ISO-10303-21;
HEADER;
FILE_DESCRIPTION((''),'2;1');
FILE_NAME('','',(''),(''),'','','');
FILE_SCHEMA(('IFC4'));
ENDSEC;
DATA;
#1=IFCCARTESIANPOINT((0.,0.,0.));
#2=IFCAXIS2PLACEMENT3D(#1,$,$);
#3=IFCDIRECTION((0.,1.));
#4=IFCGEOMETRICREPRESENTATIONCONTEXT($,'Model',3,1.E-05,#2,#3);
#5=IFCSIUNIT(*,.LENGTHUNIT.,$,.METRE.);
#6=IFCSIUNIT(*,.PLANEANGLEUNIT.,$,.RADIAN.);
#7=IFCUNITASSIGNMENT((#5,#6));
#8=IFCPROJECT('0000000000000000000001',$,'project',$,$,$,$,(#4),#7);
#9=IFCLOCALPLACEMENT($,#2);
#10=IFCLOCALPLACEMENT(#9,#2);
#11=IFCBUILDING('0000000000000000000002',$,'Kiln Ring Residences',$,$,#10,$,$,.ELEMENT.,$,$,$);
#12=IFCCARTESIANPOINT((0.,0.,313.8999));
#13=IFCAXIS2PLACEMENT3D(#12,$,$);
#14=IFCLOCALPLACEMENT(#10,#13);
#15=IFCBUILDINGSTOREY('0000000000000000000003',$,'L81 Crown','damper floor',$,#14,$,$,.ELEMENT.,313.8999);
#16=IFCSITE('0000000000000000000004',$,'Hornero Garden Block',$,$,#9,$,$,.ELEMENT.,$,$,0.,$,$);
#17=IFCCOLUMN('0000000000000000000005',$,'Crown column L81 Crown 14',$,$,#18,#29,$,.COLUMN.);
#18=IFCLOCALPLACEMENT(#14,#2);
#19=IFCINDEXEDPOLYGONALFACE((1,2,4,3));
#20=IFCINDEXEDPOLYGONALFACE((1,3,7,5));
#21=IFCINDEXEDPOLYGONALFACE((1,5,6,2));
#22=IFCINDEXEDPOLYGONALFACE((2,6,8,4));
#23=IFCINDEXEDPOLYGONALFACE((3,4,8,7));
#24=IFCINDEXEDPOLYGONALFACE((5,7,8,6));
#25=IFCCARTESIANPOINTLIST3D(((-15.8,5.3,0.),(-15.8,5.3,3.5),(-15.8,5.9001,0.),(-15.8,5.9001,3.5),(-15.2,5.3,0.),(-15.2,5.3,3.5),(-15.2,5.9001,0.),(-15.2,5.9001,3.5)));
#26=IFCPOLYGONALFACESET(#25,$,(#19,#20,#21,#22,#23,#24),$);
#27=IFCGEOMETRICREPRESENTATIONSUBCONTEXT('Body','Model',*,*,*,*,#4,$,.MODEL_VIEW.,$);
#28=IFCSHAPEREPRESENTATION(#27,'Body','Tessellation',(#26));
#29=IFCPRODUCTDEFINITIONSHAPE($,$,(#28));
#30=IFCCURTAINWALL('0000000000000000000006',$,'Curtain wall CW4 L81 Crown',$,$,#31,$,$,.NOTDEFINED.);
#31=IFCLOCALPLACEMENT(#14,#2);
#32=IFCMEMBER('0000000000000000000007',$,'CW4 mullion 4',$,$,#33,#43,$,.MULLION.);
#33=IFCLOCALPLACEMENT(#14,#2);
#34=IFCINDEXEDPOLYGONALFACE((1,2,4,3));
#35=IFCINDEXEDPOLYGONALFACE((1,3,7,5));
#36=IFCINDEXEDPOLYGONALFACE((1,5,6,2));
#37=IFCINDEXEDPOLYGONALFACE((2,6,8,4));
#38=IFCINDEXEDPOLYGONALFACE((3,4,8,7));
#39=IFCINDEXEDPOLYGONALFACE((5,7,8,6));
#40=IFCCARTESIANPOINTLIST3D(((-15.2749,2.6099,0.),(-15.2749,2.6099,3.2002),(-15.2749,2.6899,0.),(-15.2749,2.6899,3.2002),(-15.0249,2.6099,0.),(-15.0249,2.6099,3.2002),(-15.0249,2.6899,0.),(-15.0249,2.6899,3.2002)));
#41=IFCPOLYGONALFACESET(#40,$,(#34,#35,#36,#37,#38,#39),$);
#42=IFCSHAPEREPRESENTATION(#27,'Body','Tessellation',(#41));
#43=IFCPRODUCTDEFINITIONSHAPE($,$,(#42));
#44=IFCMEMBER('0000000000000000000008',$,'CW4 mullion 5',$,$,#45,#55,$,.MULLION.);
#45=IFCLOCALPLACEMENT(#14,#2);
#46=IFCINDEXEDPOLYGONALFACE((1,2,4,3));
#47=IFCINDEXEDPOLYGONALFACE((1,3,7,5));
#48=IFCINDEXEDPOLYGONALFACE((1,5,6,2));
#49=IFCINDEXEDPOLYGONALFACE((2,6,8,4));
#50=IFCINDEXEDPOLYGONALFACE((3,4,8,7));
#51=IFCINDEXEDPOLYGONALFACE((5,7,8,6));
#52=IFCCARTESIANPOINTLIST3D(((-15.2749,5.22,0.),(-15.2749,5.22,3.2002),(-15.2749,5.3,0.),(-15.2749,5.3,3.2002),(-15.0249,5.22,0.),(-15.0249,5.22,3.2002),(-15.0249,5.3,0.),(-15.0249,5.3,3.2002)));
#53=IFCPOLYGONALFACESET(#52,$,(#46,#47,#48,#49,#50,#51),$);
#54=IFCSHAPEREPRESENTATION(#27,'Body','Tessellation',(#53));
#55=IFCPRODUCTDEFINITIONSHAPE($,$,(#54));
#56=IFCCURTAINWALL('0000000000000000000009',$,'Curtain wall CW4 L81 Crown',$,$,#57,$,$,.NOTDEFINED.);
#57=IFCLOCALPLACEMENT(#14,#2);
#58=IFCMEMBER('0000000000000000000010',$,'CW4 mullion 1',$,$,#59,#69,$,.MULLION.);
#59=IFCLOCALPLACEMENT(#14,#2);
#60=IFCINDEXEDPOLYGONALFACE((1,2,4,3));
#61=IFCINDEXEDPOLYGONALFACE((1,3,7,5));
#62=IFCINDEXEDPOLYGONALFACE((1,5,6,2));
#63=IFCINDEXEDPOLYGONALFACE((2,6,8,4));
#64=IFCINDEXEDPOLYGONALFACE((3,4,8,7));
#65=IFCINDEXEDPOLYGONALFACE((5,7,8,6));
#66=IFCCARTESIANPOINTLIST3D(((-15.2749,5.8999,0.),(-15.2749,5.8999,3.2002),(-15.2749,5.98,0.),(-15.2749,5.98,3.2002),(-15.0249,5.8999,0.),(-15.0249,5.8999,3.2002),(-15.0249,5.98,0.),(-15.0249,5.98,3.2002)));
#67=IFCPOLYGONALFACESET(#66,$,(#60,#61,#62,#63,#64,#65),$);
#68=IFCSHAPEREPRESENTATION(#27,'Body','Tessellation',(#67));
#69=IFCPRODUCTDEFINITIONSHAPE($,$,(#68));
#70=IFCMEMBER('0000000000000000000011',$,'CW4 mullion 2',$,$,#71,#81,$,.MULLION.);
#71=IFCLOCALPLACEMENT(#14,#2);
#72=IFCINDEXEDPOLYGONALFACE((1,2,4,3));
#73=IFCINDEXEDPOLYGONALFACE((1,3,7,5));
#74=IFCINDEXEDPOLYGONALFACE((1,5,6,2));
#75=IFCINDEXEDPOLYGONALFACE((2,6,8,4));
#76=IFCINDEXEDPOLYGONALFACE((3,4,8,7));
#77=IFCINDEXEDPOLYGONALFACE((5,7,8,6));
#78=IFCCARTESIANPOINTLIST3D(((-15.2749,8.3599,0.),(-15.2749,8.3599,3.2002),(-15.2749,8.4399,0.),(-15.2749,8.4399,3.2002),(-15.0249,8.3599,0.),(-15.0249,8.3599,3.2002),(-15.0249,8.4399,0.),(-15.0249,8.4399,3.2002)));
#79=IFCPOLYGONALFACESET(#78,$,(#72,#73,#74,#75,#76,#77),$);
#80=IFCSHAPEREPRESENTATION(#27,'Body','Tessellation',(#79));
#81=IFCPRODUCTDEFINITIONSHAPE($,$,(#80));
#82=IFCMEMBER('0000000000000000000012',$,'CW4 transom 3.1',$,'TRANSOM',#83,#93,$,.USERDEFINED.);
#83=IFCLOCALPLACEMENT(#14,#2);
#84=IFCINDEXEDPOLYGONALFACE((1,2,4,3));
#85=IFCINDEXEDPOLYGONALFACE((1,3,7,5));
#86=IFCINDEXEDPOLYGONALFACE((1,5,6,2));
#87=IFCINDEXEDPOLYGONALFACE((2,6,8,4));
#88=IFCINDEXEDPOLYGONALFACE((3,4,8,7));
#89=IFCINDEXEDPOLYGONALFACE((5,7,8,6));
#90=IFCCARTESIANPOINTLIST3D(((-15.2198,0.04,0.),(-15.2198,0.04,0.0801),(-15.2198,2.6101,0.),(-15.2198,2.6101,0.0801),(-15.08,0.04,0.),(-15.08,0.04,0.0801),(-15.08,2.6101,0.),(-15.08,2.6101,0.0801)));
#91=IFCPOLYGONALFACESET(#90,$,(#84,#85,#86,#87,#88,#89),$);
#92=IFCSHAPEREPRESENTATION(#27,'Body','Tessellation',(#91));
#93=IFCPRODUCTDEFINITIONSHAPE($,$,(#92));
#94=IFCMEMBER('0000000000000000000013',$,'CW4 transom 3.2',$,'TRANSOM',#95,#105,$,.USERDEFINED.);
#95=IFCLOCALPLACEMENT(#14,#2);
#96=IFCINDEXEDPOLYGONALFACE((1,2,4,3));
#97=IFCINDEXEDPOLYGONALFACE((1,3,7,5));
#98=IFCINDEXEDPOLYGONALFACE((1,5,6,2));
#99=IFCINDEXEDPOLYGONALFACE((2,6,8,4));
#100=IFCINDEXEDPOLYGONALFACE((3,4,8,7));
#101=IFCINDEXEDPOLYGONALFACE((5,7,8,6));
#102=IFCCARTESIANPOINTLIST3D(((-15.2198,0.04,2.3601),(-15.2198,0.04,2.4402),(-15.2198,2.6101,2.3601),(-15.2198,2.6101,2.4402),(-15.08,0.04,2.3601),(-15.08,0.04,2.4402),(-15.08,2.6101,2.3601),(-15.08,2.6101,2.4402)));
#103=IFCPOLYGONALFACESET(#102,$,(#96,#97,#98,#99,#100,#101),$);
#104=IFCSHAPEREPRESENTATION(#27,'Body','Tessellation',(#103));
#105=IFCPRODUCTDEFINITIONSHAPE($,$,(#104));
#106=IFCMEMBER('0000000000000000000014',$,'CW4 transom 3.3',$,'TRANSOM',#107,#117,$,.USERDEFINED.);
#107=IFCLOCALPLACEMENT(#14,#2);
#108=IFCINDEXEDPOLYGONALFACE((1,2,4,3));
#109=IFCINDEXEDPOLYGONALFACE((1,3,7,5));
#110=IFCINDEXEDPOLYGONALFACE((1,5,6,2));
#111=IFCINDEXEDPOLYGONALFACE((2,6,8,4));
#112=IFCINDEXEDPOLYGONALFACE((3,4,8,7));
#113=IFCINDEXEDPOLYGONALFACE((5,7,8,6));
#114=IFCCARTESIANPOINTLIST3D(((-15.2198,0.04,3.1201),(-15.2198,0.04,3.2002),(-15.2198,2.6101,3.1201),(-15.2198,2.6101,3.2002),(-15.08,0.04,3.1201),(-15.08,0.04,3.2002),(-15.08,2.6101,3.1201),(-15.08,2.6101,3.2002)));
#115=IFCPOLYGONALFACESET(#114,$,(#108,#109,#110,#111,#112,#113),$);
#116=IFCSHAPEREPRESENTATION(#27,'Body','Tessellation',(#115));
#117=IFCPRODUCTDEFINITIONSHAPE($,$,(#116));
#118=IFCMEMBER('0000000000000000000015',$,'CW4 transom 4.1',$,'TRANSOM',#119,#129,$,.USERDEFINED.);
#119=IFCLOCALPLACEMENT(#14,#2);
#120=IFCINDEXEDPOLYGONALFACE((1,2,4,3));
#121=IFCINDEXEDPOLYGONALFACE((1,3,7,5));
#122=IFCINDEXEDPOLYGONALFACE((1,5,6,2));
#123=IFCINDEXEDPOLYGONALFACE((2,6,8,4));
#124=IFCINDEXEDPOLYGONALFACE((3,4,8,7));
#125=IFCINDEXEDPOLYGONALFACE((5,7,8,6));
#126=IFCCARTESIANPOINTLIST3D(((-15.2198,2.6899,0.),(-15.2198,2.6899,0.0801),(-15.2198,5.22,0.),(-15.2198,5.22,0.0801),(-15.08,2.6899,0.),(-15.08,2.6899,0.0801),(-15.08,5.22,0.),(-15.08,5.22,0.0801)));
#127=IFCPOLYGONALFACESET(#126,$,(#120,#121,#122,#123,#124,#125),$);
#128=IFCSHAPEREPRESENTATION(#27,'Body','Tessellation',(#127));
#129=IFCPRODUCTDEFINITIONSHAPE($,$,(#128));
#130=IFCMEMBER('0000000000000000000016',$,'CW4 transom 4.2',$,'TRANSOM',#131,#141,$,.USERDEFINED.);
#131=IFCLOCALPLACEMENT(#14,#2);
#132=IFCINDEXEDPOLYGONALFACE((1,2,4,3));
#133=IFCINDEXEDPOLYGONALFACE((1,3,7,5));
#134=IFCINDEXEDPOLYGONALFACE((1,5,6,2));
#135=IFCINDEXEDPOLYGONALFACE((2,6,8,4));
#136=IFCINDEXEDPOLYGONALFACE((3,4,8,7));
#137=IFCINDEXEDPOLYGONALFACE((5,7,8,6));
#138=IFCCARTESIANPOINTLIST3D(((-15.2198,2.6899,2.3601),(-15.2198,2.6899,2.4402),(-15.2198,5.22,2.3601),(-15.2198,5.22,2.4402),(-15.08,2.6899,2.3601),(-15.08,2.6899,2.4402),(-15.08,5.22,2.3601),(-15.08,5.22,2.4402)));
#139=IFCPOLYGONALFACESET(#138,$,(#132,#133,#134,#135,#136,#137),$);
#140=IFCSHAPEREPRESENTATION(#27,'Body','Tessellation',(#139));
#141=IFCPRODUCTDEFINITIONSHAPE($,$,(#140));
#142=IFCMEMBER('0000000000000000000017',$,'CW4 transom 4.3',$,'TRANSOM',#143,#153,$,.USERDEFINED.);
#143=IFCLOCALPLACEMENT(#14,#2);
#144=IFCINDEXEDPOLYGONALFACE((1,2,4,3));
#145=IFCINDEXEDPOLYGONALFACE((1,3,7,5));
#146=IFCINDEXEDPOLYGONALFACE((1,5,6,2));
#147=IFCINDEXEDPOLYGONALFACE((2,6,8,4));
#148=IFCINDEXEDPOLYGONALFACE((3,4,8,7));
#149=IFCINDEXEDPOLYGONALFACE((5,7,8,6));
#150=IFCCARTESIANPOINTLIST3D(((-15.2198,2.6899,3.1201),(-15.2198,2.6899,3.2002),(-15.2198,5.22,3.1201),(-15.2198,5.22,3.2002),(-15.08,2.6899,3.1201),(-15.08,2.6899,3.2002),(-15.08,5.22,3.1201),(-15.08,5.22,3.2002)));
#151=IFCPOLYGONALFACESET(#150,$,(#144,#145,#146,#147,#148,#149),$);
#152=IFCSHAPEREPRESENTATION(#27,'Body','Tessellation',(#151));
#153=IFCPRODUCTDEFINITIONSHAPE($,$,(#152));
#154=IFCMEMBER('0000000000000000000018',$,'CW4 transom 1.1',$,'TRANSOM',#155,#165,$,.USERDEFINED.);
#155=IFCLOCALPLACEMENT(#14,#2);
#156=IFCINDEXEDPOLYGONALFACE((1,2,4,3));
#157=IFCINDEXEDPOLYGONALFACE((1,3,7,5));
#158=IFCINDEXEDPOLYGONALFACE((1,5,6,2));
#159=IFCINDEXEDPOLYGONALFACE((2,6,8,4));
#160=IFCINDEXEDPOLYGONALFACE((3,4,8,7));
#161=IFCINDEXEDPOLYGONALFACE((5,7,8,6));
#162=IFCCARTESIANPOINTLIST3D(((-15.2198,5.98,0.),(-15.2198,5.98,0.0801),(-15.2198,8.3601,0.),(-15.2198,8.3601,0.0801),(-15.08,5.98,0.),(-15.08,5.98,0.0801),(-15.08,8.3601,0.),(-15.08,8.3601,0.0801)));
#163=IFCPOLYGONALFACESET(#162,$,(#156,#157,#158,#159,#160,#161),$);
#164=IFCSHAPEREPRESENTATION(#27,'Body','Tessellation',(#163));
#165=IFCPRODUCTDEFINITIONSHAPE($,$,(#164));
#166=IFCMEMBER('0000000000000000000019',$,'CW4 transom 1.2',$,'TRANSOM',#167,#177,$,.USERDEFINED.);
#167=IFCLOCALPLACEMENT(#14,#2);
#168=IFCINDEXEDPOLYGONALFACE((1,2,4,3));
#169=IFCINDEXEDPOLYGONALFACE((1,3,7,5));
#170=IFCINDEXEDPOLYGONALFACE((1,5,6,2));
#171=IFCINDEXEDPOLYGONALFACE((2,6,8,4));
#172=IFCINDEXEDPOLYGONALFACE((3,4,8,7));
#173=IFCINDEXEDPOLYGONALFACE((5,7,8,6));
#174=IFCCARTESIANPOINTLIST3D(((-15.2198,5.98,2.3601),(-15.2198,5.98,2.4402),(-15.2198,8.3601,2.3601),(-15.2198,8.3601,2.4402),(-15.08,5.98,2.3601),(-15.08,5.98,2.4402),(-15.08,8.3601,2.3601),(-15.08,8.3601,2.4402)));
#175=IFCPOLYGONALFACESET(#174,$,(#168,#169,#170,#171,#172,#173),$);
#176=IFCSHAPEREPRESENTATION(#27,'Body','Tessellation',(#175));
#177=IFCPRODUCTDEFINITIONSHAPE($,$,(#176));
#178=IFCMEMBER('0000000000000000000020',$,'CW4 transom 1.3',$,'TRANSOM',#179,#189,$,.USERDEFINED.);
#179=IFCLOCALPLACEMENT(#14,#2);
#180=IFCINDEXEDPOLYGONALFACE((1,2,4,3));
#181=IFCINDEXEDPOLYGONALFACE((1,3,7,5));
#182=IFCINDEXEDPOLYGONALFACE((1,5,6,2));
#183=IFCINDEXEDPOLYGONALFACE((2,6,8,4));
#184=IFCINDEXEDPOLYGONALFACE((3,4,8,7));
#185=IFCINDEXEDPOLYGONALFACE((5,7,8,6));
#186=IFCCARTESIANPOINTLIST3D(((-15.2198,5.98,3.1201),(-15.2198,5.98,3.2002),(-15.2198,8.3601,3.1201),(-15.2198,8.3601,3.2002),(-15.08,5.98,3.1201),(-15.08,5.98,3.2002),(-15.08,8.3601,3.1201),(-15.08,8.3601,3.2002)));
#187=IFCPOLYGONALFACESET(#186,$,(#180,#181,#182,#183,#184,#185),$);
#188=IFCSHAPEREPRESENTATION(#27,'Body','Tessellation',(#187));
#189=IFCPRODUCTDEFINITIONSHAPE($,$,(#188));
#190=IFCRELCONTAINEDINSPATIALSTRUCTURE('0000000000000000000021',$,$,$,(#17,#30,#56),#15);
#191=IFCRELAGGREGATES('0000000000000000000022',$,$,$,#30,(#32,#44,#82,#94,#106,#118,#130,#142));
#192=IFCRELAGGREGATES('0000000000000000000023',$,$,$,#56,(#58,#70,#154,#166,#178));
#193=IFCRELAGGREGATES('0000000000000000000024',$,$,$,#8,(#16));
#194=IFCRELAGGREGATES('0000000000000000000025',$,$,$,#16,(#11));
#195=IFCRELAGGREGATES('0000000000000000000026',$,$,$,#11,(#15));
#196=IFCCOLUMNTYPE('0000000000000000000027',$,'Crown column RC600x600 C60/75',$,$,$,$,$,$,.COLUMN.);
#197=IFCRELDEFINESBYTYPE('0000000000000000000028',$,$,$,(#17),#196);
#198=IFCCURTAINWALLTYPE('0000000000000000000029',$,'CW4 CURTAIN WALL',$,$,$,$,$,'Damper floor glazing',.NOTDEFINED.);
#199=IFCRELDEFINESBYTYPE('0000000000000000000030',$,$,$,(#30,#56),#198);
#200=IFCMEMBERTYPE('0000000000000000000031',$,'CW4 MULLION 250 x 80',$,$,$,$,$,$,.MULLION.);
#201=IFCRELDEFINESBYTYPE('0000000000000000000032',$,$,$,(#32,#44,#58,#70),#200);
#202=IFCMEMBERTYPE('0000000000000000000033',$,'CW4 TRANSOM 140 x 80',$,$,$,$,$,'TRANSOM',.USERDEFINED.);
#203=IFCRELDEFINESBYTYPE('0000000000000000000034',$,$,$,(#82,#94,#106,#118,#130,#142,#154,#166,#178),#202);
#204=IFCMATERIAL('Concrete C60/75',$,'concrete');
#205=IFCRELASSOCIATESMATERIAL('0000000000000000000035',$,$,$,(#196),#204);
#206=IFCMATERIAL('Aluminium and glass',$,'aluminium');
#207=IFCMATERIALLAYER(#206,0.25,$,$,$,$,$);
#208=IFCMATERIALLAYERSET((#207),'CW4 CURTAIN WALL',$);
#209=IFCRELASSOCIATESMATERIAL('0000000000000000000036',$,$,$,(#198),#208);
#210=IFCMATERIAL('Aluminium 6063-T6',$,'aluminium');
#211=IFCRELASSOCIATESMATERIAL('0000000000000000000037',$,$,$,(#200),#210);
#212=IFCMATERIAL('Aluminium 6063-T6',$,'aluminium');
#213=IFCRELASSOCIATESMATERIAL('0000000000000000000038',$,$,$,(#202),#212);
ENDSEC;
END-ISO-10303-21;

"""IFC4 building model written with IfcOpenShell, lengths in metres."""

from ifc_helpers import new_model, si_unit, direction, frame, origin, origin_2d, place, context, subcontext, project, spatial, rectangle, extrude, material, layer, layer_set, material_profile, profile_set, type_object, element, aggregate, save


model = new_model("IFC4")

# Units and contexts
model_context = context("Model", 3, precision=1e-05, world=origin(), true_north=direction((0.0, 1.0)))
body_context = subcontext(model_context, "Body", "Model", "MODEL_VIEW")
ifc_project = project(units=[si_unit("LENGTHUNIT", "METRE"), si_unit("PLANEANGLEUNIT", "RADIAN")], contexts=[model_context])

# Site, building, storey
site_placement = place(None, origin())
site = spatial("IfcSite", under=ifc_project, at=site_placement, Name="Hornero Garden Block", CompositionType="ELEMENT", RefElevation=0.0)
building_placement = place(site_placement, origin())
building = spatial("IfcBuilding", under=site, at=building_placement, Name="Kiln Ring Residences", CompositionType="ELEMENT")
storey_placement = place(building_placement, frame((0.0, 0.0, 313.8999)))
storey = spatial("IfcBuildingStorey", under=building, at=storey_placement, Name="L81 Crown", Description="damper floor", CompositionType="ELEMENT", Elevation=313.8999)

# Column
ifc_material_1 = material(Name="Concrete C60/75", Category="concrete")
ifc_material_profile_1 = material_profile(ifc_material_1, rectangle(XDim=0.6001, YDim=0.6001, at=origin_2d()), Name="RC600x600")
ifc_profile_set_1 = profile_set([ifc_material_profile_1], Name="Concrete C60/75")
column_type = type_object("IfcColumnType", Name="Crown column RC600x600 C60/75", PredefinedType="COLUMN", material=ifc_profile_set_1)
column_placement = place(storey_placement, frame((-15.5, 5.6001, 0.0), z_axis=(0.0, 0.0, 1.0), x_axis=(1.0, 0.0, 0.0)))
element("IfcColumn", 1, at=column_placement, inside=storey, type_object=column_type, Name="Crown column L81 Crown 14", PredefinedType="COLUMN", context=body_context, shape_type="SweptSolid", body=[
    extrude(rectangle(XDim=0.6001, YDim=0.6001, at=origin_2d()), origin(), (0.0, 0.0, 1.0), 3.5),
])

# Curtain walls, members
ifc_material_2 = material(Name="Aluminium and glass", Category="aluminium")
ifc_layer_1 = layer(ifc_material_2, 0.25)
ifc_layer_set_1 = layer_set([ifc_layer_1], Name="CW4 CURTAIN WALL")
curtain_wall_type = type_object("IfcCurtainWallType", Name="CW4 CURTAIN WALL", ElementType="Damper floor glazing", PredefinedType="NOTDEFINED", material=ifc_layer_set_1)
placement_1 = place(storey_placement, origin())
curtain_wall_1 = element("IfcCurtainWall", 2, at=placement_1, inside=storey, type_object=curtain_wall_type, Name="Curtain wall CW4 L81 Crown", PredefinedType="NOTDEFINED")
ifc_material_3 = material(Name="Aluminium 6063-T6", Category="aluminium")
ifc_material_profile_2 = material_profile(ifc_material_3, rectangle(XDim=0.25, YDim=0.0801, at=origin_2d()), Name="AL 250x80")
ifc_profile_set_2 = profile_set([ifc_material_profile_2], Name="Aluminium 6063-T6")
member_type_1 = type_object("IfcMemberType", Name="CW4 MULLION 250 x 80", PredefinedType="MULLION", material=ifc_profile_set_2)
member_1_placement = place(storey_placement, frame((-15.1499, 2.6499, 0.0), z_axis=(0.0, 0.0, 1.0), x_axis=(-1.0, 0.0, 0.0)))
member_1 = element("IfcMember", 3, at=member_1_placement, type_object=member_type_1, Name="CW4 mullion 4", PredefinedType="MULLION", context=body_context, shape_type="SweptSolid", body=[
    extrude(rectangle(XDim=0.25, YDim=0.0801, at=origin_2d()), origin(), (0.0, 0.0, 1.0), 3.2002),
])
member_2_placement = place(storey_placement, frame((-15.1499, 5.26, 0.0), z_axis=(0.0, 0.0, 1.0), x_axis=(-1.0, 0.0, 0.0)))
member_2 = element("IfcMember", 4, at=member_2_placement, type_object=member_type_1, Name="CW4 mullion 5", PredefinedType="MULLION", context=body_context, shape_type="SweptSolid", body=[
    extrude(rectangle(XDim=0.25, YDim=0.0801, at=origin_2d()), origin(), (0.0, 0.0, 1.0), 3.2002),
])
curtain_wall_2 = element("IfcCurtainWall", 5, at=placement_1, inside=storey, type_object=curtain_wall_type, Name="Curtain wall CW4 L81 Crown", PredefinedType="NOTDEFINED")
member_3_placement = place(storey_placement, frame((-15.1499, 5.9399, 0.0), z_axis=(0.0, 0.0, 1.0), x_axis=(-1.0, 0.0, 0.0)))
member_3 = element("IfcMember", 6, at=member_3_placement, type_object=member_type_1, Name="CW4 mullion 1", PredefinedType="MULLION", context=body_context, shape_type="SweptSolid", body=[
    extrude(rectangle(XDim=0.25, YDim=0.0801, at=origin_2d()), origin(), (0.0, 0.0, 1.0), 3.2002),
])
member_4_placement = place(storey_placement, frame((-15.1499, 8.3999, 0.0), z_axis=(0.0, 0.0, 1.0), x_axis=(-1.0, 0.0, 0.0)))
member_4 = element("IfcMember", 7, at=member_4_placement, type_object=member_type_1, Name="CW4 mullion 2", PredefinedType="MULLION", context=body_context, shape_type="SweptSolid", body=[
    extrude(rectangle(XDim=0.25, YDim=0.0801, at=origin_2d()), origin(), (0.0, 0.0, 1.0), 3.2002),
])

# Members
ifc_material_4 = material(Name="Aluminium 6063-T6", Category="aluminium")
ifc_material_profile_3 = material_profile(ifc_material_4, rectangle(XDim=0.1399, YDim=0.0801, at=origin_2d()), Name="AL 140x80")
ifc_profile_set_3 = profile_set([ifc_material_profile_3], Name="Aluminium 6063-T6")
member_type_2 = type_object("IfcMemberType", Name="CW4 TRANSOM 140 x 80", ElementType="TRANSOM", PredefinedType="USERDEFINED", material=ifc_profile_set_3)
member_5_placement = place(storey_placement, frame((-15.1499, 0.04, 0.04), z_axis=(0.0, 1.0, 0.0), x_axis=(-1.0, 0.0, 0.0)))
member_5 = element("IfcMember", 8, at=member_5_placement, type_object=member_type_2, Name="CW4 transom 3.1", ObjectType="TRANSOM", PredefinedType="USERDEFINED", context=body_context, shape_type="SweptSolid", body=[
    extrude(rectangle(XDim=0.1399, YDim=0.0801, at=origin_2d()), origin(), (0.0, 0.0, 1.0), 2.5701),
])
member_6_placement = place(storey_placement, frame((-15.1499, 0.04, 2.4001), z_axis=(0.0, 1.0, 0.0), x_axis=(-1.0, 0.0, 0.0)))
member_6 = element("IfcMember", 9, at=member_6_placement, type_object=member_type_2, Name="CW4 transom 3.2", ObjectType="TRANSOM", PredefinedType="USERDEFINED", context=body_context, shape_type="SweptSolid", body=[
    extrude(rectangle(XDim=0.1399, YDim=0.0801, at=origin_2d()), origin(), (0.0, 0.0, 1.0), 2.5701),
])
member_7_placement = place(storey_placement, frame((-15.1499, 0.04, 3.1602), z_axis=(0.0, 1.0, 0.0), x_axis=(-1.0, 0.0, 0.0)))
member_7 = element("IfcMember", 10, at=member_7_placement, type_object=member_type_2, Name="CW4 transom 3.3", ObjectType="TRANSOM", PredefinedType="USERDEFINED", context=body_context, shape_type="SweptSolid", body=[
    extrude(rectangle(XDim=0.1399, YDim=0.0801, at=origin_2d()), origin(), (0.0, 0.0, 1.0), 2.5701),
])
member_8_placement = place(storey_placement, frame((-15.1499, 2.6899, 0.04), z_axis=(0.0, 1.0, 0.0), x_axis=(-1.0, 0.0, 0.0)))
member_8 = element("IfcMember", 11, at=member_8_placement, type_object=member_type_2, Name="CW4 transom 4.1", ObjectType="TRANSOM", PredefinedType="USERDEFINED", context=body_context, shape_type="SweptSolid", body=[
    extrude(rectangle(XDim=0.1399, YDim=0.0801, at=origin_2d()), origin(), (0.0, 0.0, 1.0), 2.53),
])
member_9_placement = place(storey_placement, frame((-15.1499, 2.6899, 2.4001), z_axis=(0.0, 1.0, 0.0), x_axis=(-1.0, 0.0, 0.0)))
member_9 = element("IfcMember", 12, at=member_9_placement, type_object=member_type_2, Name="CW4 transom 4.2", ObjectType="TRANSOM", PredefinedType="USERDEFINED", context=body_context, shape_type="SweptSolid", body=[
    extrude(rectangle(XDim=0.1399, YDim=0.0801, at=origin_2d()), origin(), (0.0, 0.0, 1.0), 2.53),
])
member_10_placement = place(storey_placement, frame((-15.1499, 2.6899, 3.1602), z_axis=(0.0, 1.0, 0.0), x_axis=(-1.0, 0.0, 0.0)))
member_10 = element("IfcMember", 13, at=member_10_placement, type_object=member_type_2, Name="CW4 transom 4.3", ObjectType="TRANSOM", PredefinedType="USERDEFINED", context=body_context, shape_type="SweptSolid", body=[
    extrude(rectangle(XDim=0.1399, YDim=0.0801, at=origin_2d()), origin(), (0.0, 0.0, 1.0), 2.53),
])
member_11_placement = place(storey_placement, frame((-15.1499, 5.98, 0.04), z_axis=(0.0, 1.0, 0.0), x_axis=(-1.0, 0.0, 0.0)))
member_11 = element("IfcMember", 14, at=member_11_placement, type_object=member_type_2, Name="CW4 transom 1.1", ObjectType="TRANSOM", PredefinedType="USERDEFINED", context=body_context, shape_type="SweptSolid", body=[
    extrude(rectangle(XDim=0.1399, YDim=0.0801, at=origin_2d()), origin(), (0.0, 0.0, 1.0), 2.3801),
])
member_12_placement = place(storey_placement, frame((-15.1499, 5.98, 2.4001), z_axis=(0.0, 1.0, 0.0), x_axis=(-1.0, 0.0, 0.0)))
member_12 = element("IfcMember", 15, at=member_12_placement, type_object=member_type_2, Name="CW4 transom 1.2", ObjectType="TRANSOM", PredefinedType="USERDEFINED", context=body_context, shape_type="SweptSolid", body=[
    extrude(rectangle(XDim=0.1399, YDim=0.0801, at=origin_2d()), origin(), (0.0, 0.0, 1.0), 2.3801),
])
member_13_placement = place(storey_placement, frame((-15.1499, 5.98, 3.1602), z_axis=(0.0, 1.0, 0.0), x_axis=(-1.0, 0.0, 0.0)))
member_13 = element("IfcMember", 16, at=member_13_placement, type_object=member_type_2, Name="CW4 transom 1.3", ObjectType="TRANSOM", PredefinedType="USERDEFINED", context=body_context, shape_type="SweptSolid", body=[
    extrude(rectangle(XDim=0.1399, YDim=0.0801, at=origin_2d()), origin(), (0.0, 0.0, 1.0), 2.3801),
])

aggregate(curtain_wall_1, [member_1, member_2, member_5, member_6, member_7, member_8, member_9, member_10])
aggregate(curtain_wall_2, [member_3, member_4, member_11, member_12, member_13])

save(model, "model.ifc")
